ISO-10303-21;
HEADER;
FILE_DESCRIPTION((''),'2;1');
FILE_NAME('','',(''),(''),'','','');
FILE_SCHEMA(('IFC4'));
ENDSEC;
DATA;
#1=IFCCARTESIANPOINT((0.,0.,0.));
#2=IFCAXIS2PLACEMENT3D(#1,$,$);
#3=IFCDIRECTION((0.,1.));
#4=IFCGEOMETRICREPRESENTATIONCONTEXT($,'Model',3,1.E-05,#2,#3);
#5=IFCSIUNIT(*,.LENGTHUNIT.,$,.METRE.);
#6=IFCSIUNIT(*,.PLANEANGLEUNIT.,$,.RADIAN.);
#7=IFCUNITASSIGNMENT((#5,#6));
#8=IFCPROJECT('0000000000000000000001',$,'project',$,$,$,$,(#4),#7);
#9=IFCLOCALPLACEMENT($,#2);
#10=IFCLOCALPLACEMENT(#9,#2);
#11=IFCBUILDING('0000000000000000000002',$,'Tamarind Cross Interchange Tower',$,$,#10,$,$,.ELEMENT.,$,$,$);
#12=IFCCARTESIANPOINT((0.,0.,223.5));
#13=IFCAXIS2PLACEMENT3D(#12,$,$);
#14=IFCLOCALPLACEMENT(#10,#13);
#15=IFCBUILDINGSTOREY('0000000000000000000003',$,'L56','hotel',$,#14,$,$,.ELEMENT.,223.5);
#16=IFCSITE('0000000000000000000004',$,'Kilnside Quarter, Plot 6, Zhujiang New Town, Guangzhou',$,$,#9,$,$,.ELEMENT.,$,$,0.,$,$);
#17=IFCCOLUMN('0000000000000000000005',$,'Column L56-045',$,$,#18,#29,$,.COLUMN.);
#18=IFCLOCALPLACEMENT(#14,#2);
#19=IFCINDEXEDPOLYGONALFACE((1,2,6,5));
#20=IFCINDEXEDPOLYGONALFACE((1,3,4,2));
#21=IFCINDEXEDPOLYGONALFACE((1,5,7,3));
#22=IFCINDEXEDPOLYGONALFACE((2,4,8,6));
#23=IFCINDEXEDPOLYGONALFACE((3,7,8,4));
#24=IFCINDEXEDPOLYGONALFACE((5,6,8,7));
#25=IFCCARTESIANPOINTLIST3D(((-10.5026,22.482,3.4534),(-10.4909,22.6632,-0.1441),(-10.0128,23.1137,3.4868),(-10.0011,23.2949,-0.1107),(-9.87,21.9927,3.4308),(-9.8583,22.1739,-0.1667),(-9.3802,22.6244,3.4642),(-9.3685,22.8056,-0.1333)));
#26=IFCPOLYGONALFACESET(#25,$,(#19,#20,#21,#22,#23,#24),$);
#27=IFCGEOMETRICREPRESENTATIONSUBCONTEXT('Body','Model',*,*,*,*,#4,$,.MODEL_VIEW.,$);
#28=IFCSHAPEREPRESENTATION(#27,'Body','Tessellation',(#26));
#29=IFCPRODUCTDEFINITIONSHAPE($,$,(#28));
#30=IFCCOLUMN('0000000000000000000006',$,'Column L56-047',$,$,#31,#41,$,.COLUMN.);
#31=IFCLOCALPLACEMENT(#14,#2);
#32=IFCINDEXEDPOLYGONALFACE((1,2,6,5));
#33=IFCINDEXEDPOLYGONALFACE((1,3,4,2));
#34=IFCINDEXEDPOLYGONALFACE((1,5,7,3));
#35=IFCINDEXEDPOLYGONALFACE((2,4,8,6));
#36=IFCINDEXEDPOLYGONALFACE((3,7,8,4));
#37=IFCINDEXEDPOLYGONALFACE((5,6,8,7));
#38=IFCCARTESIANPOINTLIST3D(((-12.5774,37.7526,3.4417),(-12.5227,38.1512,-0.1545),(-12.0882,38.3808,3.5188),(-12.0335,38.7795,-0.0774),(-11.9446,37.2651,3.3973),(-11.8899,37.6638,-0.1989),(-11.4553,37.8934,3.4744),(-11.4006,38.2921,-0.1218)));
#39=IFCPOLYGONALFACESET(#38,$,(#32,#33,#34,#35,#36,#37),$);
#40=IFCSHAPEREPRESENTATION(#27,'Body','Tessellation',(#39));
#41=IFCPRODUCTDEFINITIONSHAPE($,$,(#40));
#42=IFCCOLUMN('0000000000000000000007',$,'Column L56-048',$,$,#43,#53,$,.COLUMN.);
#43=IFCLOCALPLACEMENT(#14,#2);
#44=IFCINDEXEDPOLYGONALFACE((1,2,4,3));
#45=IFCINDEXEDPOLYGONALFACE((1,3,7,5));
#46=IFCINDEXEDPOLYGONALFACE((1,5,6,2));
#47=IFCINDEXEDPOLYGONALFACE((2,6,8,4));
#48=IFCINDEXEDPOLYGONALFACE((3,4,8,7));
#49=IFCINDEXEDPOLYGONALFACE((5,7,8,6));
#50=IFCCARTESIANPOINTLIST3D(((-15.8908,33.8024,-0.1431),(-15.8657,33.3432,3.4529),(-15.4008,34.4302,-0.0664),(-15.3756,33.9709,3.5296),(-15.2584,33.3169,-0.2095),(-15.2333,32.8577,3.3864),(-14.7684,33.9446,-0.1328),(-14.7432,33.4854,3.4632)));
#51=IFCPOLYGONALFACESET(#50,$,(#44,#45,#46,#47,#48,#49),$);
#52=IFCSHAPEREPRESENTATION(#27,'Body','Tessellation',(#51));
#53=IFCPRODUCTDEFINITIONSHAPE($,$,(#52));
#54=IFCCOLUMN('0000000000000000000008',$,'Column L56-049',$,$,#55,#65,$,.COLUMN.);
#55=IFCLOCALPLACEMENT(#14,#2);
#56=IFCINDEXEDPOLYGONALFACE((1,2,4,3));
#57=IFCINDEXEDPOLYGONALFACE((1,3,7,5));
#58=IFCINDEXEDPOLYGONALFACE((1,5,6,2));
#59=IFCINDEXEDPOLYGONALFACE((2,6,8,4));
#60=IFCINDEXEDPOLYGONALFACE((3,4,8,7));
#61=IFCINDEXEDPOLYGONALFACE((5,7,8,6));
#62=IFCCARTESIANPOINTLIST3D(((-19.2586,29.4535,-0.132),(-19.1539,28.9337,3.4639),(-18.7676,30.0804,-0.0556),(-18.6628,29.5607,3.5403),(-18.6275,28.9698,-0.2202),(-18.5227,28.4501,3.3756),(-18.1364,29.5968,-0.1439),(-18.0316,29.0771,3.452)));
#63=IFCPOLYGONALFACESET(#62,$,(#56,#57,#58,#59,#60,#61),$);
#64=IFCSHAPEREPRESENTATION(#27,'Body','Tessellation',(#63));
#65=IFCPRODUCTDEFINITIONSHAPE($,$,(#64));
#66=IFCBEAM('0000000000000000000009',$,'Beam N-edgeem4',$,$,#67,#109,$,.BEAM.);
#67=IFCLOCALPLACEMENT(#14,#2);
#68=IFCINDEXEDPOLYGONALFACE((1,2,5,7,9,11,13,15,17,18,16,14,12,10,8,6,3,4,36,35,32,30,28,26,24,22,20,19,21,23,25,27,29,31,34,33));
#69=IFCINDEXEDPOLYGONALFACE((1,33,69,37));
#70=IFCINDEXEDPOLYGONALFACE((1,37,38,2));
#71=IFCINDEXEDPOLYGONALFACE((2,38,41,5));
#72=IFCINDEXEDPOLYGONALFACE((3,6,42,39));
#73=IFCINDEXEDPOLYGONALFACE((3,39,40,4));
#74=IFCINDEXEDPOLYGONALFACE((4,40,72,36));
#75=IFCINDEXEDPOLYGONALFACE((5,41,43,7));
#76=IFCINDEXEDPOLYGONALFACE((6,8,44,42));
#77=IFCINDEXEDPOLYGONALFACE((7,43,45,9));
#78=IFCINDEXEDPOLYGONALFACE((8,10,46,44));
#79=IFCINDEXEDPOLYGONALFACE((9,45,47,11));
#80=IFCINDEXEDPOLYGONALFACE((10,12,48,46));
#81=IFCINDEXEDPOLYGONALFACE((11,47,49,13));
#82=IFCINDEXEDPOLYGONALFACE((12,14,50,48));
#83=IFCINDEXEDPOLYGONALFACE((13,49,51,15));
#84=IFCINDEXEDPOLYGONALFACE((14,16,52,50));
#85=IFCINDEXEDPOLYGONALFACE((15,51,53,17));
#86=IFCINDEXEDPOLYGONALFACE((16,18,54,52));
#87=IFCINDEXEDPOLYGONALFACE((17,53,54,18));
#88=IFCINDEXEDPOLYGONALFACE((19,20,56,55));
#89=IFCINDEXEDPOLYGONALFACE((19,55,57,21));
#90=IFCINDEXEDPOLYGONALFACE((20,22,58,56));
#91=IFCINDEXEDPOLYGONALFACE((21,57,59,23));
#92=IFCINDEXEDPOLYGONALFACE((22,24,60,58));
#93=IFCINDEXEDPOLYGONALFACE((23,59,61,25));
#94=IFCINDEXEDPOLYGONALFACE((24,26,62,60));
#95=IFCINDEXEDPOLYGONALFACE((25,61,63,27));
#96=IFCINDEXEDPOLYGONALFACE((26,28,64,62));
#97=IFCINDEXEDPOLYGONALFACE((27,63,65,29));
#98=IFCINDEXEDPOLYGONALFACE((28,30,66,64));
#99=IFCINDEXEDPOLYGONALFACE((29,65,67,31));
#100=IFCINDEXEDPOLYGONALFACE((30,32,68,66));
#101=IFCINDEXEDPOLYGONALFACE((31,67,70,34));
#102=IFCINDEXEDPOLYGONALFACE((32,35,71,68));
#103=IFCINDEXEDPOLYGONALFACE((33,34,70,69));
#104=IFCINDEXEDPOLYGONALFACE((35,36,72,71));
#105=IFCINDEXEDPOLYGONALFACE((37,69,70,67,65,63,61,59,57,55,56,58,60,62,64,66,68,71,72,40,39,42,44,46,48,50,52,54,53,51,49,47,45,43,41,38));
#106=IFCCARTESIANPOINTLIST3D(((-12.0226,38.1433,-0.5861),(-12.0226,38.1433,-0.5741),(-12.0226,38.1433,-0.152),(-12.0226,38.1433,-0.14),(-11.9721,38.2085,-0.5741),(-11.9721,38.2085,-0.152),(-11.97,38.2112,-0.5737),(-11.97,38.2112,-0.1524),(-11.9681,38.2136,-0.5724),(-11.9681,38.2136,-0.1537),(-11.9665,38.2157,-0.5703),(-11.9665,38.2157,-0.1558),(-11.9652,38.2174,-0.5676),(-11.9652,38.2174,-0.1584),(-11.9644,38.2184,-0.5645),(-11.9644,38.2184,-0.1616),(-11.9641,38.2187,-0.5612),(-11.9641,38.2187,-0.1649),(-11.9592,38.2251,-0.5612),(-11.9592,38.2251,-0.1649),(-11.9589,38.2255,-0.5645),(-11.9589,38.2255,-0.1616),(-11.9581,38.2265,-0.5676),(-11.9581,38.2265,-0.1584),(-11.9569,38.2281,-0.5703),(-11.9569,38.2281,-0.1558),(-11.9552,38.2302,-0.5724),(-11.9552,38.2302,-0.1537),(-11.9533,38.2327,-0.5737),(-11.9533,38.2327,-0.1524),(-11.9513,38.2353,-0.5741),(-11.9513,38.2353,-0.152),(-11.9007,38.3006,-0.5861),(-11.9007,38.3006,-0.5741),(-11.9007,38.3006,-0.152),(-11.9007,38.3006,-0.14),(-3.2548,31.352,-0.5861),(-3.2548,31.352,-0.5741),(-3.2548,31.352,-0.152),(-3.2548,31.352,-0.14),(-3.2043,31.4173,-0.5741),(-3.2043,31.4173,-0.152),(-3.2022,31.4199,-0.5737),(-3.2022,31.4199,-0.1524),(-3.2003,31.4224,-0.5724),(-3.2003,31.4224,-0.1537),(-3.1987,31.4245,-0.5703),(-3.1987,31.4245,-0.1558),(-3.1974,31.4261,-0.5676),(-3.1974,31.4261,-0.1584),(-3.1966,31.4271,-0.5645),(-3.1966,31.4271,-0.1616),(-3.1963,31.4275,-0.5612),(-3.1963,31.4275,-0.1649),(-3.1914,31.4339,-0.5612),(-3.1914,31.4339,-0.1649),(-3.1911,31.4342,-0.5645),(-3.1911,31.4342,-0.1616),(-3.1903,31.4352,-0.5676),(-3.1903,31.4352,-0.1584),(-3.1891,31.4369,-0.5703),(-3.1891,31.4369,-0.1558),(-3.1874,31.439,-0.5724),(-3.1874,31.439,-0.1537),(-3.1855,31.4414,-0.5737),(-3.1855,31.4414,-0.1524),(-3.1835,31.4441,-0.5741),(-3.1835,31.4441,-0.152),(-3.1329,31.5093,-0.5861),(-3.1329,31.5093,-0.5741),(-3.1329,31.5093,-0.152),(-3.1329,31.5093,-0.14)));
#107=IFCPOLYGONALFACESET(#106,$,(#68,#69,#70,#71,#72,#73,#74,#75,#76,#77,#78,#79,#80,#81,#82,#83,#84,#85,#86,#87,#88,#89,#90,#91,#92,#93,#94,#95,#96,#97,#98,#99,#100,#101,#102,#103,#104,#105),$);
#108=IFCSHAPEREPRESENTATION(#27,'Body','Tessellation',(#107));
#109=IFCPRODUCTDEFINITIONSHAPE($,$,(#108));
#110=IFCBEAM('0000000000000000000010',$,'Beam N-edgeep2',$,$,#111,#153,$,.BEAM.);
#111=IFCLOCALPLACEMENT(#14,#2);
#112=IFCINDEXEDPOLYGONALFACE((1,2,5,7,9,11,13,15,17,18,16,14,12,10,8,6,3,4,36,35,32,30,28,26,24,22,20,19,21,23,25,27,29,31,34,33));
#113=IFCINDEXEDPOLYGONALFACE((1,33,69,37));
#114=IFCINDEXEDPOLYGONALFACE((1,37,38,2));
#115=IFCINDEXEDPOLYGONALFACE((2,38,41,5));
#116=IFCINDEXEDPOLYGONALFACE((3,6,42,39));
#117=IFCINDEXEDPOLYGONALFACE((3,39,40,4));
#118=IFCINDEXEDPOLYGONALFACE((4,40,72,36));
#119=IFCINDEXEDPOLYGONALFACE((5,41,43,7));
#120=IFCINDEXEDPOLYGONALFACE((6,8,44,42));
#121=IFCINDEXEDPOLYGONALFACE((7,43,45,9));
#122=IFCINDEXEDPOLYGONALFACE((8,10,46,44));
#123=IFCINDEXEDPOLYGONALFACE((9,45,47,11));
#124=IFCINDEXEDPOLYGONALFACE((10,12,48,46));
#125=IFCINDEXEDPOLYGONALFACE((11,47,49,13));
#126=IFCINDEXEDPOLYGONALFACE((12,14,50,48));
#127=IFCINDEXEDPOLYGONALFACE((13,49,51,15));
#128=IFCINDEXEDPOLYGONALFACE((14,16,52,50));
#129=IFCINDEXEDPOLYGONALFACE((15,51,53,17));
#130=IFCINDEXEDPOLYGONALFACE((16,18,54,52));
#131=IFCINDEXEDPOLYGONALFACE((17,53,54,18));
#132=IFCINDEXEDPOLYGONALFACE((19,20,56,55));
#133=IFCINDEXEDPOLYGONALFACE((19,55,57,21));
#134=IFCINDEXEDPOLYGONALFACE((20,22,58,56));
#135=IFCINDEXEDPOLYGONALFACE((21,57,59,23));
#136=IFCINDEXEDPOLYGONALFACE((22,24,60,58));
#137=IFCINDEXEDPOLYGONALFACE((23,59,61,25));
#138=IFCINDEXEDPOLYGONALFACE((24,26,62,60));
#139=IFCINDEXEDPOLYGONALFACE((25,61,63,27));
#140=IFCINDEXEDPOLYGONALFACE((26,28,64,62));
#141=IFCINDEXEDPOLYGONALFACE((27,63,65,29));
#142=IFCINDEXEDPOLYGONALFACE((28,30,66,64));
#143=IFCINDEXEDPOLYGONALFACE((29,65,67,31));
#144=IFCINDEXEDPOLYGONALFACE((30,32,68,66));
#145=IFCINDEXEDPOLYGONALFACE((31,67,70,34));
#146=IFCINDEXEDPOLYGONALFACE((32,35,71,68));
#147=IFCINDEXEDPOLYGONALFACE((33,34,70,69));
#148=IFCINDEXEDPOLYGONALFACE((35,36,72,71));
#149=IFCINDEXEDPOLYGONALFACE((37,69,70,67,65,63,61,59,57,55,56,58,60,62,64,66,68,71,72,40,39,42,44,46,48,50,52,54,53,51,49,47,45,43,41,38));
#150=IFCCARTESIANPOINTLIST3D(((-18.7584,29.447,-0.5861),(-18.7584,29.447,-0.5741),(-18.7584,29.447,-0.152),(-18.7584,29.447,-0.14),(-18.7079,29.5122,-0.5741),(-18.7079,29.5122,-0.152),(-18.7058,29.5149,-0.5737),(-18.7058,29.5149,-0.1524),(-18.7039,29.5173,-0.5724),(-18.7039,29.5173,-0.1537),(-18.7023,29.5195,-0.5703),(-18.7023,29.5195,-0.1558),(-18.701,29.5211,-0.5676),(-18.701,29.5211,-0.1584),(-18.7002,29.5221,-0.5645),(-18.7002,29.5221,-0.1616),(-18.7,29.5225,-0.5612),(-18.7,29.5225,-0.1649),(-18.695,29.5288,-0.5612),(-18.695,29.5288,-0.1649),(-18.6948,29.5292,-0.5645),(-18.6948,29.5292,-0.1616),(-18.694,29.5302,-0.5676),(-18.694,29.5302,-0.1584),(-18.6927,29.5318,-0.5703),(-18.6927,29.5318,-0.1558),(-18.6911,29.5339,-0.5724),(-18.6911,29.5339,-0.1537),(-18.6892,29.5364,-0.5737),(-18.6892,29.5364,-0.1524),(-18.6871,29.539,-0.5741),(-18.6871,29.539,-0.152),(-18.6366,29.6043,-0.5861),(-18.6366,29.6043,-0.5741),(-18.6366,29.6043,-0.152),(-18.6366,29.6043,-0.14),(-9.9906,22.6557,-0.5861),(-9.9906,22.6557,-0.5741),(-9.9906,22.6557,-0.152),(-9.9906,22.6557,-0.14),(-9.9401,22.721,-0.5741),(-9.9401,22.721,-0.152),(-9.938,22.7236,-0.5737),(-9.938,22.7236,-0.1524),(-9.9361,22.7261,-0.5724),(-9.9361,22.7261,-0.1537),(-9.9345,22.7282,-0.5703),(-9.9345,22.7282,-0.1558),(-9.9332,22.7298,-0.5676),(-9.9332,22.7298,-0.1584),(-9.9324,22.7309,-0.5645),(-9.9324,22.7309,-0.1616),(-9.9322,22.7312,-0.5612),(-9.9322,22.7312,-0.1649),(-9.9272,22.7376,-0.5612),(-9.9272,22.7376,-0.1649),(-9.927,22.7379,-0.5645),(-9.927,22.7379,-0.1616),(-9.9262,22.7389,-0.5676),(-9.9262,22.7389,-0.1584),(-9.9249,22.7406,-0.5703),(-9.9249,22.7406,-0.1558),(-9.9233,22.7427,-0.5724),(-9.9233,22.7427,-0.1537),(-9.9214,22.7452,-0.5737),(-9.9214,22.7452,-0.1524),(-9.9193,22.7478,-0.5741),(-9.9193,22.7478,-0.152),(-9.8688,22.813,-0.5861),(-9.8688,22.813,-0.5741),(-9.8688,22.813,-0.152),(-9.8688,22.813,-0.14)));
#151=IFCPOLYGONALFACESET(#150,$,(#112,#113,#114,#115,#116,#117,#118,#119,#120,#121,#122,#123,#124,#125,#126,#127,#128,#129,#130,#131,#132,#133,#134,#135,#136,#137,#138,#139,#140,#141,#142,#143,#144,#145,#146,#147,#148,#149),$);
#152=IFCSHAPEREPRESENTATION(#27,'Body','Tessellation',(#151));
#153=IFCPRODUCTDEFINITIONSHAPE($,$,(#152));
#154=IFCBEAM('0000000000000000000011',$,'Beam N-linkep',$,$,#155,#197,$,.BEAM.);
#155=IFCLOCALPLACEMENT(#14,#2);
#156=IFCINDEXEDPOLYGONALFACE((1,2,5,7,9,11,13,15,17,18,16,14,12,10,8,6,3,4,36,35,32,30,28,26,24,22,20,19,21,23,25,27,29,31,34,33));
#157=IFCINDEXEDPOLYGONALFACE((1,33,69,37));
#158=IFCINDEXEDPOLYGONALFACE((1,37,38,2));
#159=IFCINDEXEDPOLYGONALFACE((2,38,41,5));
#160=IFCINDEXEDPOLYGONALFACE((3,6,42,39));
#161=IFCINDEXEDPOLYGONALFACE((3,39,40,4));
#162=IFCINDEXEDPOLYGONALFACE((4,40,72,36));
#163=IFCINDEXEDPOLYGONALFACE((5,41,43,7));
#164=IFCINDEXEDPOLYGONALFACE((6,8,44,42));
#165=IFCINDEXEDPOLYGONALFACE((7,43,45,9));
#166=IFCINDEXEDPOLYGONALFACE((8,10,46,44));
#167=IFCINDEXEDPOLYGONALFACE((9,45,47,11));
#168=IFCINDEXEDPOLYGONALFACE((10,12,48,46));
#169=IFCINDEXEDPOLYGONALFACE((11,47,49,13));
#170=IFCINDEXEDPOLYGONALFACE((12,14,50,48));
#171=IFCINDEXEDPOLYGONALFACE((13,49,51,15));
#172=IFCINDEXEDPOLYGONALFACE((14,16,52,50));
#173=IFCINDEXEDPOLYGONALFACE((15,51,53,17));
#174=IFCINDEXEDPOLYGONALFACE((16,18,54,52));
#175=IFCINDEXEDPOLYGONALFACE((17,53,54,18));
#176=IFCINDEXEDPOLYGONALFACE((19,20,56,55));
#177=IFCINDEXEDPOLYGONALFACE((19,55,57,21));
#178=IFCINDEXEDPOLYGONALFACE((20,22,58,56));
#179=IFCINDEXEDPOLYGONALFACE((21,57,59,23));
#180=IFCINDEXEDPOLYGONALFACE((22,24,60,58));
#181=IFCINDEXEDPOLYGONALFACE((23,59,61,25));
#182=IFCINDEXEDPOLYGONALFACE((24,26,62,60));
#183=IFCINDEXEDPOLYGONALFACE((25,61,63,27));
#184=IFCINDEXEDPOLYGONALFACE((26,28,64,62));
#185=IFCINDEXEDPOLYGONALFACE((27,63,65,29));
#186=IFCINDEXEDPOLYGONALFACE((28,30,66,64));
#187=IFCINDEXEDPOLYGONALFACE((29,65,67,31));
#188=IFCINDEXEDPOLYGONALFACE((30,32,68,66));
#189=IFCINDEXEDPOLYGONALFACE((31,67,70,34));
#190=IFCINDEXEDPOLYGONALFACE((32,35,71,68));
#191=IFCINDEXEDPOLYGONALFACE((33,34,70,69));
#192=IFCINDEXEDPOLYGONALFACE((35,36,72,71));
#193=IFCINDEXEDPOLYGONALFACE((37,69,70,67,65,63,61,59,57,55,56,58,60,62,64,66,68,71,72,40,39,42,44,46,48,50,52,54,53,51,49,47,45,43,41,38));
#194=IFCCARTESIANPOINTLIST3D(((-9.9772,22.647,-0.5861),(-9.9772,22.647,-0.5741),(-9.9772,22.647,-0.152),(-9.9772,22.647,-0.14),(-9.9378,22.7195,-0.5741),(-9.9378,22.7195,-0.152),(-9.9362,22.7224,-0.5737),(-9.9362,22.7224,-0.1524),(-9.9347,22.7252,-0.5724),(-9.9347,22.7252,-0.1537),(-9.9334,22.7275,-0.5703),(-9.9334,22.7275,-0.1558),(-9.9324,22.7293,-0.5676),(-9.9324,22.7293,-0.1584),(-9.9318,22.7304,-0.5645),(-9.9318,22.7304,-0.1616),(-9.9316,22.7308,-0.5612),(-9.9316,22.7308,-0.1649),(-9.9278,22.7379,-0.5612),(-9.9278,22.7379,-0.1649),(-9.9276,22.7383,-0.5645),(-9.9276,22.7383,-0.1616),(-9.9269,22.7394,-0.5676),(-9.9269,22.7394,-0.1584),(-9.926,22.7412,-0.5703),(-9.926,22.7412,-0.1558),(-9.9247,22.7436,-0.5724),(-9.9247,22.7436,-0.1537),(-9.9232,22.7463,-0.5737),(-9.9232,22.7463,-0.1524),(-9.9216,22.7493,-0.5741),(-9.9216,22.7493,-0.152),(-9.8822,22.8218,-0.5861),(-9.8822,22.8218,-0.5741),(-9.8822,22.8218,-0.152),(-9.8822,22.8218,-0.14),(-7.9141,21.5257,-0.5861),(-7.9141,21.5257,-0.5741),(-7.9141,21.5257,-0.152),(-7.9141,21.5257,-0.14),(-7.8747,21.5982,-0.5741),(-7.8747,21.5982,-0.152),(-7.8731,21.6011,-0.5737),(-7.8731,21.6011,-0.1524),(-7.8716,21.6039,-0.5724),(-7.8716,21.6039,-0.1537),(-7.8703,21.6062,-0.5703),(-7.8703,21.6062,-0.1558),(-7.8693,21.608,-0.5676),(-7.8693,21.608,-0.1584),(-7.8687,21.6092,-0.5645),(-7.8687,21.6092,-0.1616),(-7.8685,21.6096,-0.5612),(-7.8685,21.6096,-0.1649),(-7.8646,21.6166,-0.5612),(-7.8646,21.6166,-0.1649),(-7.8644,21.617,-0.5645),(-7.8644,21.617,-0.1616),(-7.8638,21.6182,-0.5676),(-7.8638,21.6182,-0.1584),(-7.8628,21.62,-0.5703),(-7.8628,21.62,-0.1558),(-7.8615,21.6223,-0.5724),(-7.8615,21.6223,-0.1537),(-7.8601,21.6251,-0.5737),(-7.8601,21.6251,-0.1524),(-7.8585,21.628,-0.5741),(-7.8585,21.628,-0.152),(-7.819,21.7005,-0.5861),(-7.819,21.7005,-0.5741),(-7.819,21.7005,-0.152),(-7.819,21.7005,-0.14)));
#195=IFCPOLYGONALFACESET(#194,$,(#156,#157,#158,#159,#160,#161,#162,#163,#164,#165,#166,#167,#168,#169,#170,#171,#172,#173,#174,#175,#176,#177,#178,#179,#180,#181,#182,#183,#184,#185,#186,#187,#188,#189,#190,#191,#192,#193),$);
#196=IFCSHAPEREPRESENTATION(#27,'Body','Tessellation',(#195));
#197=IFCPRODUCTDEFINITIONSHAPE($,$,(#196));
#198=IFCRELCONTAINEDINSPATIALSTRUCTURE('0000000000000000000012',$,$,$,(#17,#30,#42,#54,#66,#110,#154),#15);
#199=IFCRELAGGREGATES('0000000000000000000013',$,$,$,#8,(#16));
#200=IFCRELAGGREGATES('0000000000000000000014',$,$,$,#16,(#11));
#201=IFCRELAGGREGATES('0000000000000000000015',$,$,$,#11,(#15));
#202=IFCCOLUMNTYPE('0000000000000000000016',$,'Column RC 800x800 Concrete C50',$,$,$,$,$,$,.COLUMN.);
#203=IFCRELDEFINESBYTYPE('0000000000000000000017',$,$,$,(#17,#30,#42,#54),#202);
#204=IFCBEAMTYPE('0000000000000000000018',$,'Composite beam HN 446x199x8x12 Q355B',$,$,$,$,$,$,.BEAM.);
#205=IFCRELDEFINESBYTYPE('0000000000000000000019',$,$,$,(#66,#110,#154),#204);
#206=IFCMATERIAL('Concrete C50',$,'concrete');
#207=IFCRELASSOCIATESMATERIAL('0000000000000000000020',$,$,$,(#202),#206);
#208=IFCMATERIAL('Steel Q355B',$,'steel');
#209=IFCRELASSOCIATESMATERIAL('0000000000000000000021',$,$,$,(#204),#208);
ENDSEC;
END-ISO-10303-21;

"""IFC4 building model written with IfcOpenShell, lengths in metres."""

from ifc_helpers import new_model, si_unit, direction, frame, origin, origin_2d, place, context, subcontext, project, spatial, rectangle, i_section, extrude, material, material_profile, profile_set, type_object, element, save


model = new_model("IFC4")

# Units and contexts
model_context = context("Model", 3, precision=1e-05, world=origin(), true_north=direction((0.0, 1.0)))
body_context = subcontext(model_context, "Body", "Model", "MODEL_VIEW")
ifc_project = project(units=[si_unit("LENGTHUNIT", "METRE"), si_unit("PLANEANGLEUNIT", "RADIAN")], contexts=[model_context])

# Site, building, storey
site_placement = place(None, origin())
site = spatial("IfcSite", under=ifc_project, at=site_placement, Name="Kilnside Quarter, Plot 6, Zhujiang New Town, Guangzhou", CompositionType="ELEMENT", RefElevation=0.0)
building_placement = place(site_placement, origin())
building = spatial("IfcBuilding", under=site, at=building_placement, Name="Tamarind Cross Interchange Tower", CompositionType="ELEMENT")
storey_placement = place(building_placement, frame((0.0, 0.0, 223.5)))
storey = spatial("IfcBuildingStorey", under=building, at=storey_placement, Name="L56", Description="hotel", CompositionType="ELEMENT", Elevation=223.5)

# Columns
ifc_material_1 = material(Name="Concrete C50", Category="concrete")
ifc_material_profile_1 = material_profile(ifc_material_1, rectangle(XDim=0.8, YDim=0.8, at=origin_2d()), Name="RC 800x800")
ifc_profile_set_1 = profile_set([ifc_material_profile_1], Name="Concrete C50")
column_type = type_object("IfcColumnType", Name="Column RC 800x800 Concrete C50", PredefinedType="COLUMN", material=ifc_profile_set_1)
column_1_placement = place(storey_placement, frame((-9.9297, 22.7344, -0.1387), z_axis=(-0.003253, -0.050292, 0.998729), x_axis=(0.612207, 0.789594, 0.041755)))
element("IfcColumn", 1, at=column_1_placement, inside=storey, type_object=column_type, Name="Column L56-045", PredefinedType="COLUMN", context=body_context, shape_type="SweptSolid", body=[
    extrude(rectangle(XDim=0.8, YDim=0.8, at=origin_2d()), origin(), (0.0, 0.0, 1.0), 3.6021),
])
column_2_placement = place(storey_placement, frame((-11.9617, 38.2217, -0.1382), z_axis=(-0.015113, -0.110175, 0.993797), x_axis=(0.611562, 0.785307, 0.096361)))
element("IfcColumn", 2, at=column_2_placement, inside=storey, type_object=column_type, Name="Column L56-047", PredefinedType="COLUMN", context=body_context, shape_type="SweptSolid", body=[
    extrude(rectangle(XDim=0.8, YDim=0.8, at=origin_2d()), origin(), (0.0, 0.0, 1.0), 3.6187),
])
column_3_placement = place(storey_placement, frame((-15.3296, 33.8735, -0.1379), z_axis=(0.006937, -0.126675, 0.99192), x_axis=(0.612511, 0.784621, 0.095918)))
element("IfcColumn", 3, at=column_3_placement, inside=storey, type_object=column_type, Name="Column L56-048", PredefinedType="COLUMN", context=body_context, shape_type="SweptSolid", body=[
    extrude(rectangle(XDim=0.8, YDim=0.8, at=origin_2d()), origin(), (0.0, 0.0, 1.0), 3.6252),
])
column_4_placement = place(storey_placement, frame((-18.6975, 29.5251, -0.1379), z_axis=(0.028815, -0.142999, 0.989303), x_axis=(0.613803, 0.783674, 0.095398)))
element("IfcColumn", 4, at=column_4_placement, inside=storey, type_object=column_type, Name="Column L56-049", PredefinedType="COLUMN", context=body_context, shape_type="SweptSolid", body=[
    extrude(rectangle(XDim=0.8, YDim=0.8, at=origin_2d()), origin(), (0.0, 0.0, 1.0), 3.6348),
])

# Beams
ifc_material_2 = material(Name="Steel Q355B", Category="steel")
ifc_material_profile_2 = material_profile(ifc_material_2, i_section(OverallWidth=0.199, OverallDepth=0.446, WebThickness=0.0081, FlangeThickness=0.012, FilletRadius=0.0129, at=origin_2d()), Name="HN 446x199x8x12")
ifc_profile_set_2 = profile_set([ifc_material_profile_2], Name="Steel Q355B")
beam_type_1 = type_object("IfcBeamType", Name="Composite beam HN 446x199x8x12 Q355B", PredefinedType="BEAM", material=ifc_profile_set_2)
for number, where, z_axis, x_axis, name in (
    (5, (-11.9617, 38.2219, -0.363), (0.790581, -0.612357, 0.0), (0.612357, 0.790581, 0.0), "Beam N-edgeem4"),
    (6, (-18.6975, 29.5256, -0.363), (0.790581, -0.612357, 0.0), (0.612357, 0.790581, 0.0), "Beam N-edgeep2"),
):
    element("IfcBeam", number, at=place(storey_placement, frame(where, z_axis=z_axis, x_axis=x_axis)), inside=storey, type_object=beam_type_1, Name=name, PredefinedType="BEAM", context=body_context, shape_type="SweptSolid", body=[
        extrude(i_section(OverallWidth=0.199, OverallDepth=0.446, WebThickness=0.0081, FlangeThickness=0.012, FilletRadius=0.0129, at=origin_2d()), origin(), (0.0, 0.0, 1.0), 11.0903),
    ])
beam_1_placement = place(storey_placement, frame((-9.9297, 22.7344, -0.363), z_axis=(0.878622, -0.477519, 0.0), x_axis=(0.477519, 0.878622, 0.0)))
element("IfcBeam", 7, at=beam_1_placement, inside=storey, type_object=beam_type_1, Name="Beam N-linkep", PredefinedType="BEAM", context=body_context, shape_type="SweptSolid", body=[
    extrude(i_section(OverallWidth=0.199, OverallDepth=0.446, WebThickness=0.0081, FlangeThickness=0.012, FilletRadius=0.0129, at=origin_2d()), origin(), (0.0, 0.0, 1.0), 2.3481),
])

save(model, "model.ifc")
